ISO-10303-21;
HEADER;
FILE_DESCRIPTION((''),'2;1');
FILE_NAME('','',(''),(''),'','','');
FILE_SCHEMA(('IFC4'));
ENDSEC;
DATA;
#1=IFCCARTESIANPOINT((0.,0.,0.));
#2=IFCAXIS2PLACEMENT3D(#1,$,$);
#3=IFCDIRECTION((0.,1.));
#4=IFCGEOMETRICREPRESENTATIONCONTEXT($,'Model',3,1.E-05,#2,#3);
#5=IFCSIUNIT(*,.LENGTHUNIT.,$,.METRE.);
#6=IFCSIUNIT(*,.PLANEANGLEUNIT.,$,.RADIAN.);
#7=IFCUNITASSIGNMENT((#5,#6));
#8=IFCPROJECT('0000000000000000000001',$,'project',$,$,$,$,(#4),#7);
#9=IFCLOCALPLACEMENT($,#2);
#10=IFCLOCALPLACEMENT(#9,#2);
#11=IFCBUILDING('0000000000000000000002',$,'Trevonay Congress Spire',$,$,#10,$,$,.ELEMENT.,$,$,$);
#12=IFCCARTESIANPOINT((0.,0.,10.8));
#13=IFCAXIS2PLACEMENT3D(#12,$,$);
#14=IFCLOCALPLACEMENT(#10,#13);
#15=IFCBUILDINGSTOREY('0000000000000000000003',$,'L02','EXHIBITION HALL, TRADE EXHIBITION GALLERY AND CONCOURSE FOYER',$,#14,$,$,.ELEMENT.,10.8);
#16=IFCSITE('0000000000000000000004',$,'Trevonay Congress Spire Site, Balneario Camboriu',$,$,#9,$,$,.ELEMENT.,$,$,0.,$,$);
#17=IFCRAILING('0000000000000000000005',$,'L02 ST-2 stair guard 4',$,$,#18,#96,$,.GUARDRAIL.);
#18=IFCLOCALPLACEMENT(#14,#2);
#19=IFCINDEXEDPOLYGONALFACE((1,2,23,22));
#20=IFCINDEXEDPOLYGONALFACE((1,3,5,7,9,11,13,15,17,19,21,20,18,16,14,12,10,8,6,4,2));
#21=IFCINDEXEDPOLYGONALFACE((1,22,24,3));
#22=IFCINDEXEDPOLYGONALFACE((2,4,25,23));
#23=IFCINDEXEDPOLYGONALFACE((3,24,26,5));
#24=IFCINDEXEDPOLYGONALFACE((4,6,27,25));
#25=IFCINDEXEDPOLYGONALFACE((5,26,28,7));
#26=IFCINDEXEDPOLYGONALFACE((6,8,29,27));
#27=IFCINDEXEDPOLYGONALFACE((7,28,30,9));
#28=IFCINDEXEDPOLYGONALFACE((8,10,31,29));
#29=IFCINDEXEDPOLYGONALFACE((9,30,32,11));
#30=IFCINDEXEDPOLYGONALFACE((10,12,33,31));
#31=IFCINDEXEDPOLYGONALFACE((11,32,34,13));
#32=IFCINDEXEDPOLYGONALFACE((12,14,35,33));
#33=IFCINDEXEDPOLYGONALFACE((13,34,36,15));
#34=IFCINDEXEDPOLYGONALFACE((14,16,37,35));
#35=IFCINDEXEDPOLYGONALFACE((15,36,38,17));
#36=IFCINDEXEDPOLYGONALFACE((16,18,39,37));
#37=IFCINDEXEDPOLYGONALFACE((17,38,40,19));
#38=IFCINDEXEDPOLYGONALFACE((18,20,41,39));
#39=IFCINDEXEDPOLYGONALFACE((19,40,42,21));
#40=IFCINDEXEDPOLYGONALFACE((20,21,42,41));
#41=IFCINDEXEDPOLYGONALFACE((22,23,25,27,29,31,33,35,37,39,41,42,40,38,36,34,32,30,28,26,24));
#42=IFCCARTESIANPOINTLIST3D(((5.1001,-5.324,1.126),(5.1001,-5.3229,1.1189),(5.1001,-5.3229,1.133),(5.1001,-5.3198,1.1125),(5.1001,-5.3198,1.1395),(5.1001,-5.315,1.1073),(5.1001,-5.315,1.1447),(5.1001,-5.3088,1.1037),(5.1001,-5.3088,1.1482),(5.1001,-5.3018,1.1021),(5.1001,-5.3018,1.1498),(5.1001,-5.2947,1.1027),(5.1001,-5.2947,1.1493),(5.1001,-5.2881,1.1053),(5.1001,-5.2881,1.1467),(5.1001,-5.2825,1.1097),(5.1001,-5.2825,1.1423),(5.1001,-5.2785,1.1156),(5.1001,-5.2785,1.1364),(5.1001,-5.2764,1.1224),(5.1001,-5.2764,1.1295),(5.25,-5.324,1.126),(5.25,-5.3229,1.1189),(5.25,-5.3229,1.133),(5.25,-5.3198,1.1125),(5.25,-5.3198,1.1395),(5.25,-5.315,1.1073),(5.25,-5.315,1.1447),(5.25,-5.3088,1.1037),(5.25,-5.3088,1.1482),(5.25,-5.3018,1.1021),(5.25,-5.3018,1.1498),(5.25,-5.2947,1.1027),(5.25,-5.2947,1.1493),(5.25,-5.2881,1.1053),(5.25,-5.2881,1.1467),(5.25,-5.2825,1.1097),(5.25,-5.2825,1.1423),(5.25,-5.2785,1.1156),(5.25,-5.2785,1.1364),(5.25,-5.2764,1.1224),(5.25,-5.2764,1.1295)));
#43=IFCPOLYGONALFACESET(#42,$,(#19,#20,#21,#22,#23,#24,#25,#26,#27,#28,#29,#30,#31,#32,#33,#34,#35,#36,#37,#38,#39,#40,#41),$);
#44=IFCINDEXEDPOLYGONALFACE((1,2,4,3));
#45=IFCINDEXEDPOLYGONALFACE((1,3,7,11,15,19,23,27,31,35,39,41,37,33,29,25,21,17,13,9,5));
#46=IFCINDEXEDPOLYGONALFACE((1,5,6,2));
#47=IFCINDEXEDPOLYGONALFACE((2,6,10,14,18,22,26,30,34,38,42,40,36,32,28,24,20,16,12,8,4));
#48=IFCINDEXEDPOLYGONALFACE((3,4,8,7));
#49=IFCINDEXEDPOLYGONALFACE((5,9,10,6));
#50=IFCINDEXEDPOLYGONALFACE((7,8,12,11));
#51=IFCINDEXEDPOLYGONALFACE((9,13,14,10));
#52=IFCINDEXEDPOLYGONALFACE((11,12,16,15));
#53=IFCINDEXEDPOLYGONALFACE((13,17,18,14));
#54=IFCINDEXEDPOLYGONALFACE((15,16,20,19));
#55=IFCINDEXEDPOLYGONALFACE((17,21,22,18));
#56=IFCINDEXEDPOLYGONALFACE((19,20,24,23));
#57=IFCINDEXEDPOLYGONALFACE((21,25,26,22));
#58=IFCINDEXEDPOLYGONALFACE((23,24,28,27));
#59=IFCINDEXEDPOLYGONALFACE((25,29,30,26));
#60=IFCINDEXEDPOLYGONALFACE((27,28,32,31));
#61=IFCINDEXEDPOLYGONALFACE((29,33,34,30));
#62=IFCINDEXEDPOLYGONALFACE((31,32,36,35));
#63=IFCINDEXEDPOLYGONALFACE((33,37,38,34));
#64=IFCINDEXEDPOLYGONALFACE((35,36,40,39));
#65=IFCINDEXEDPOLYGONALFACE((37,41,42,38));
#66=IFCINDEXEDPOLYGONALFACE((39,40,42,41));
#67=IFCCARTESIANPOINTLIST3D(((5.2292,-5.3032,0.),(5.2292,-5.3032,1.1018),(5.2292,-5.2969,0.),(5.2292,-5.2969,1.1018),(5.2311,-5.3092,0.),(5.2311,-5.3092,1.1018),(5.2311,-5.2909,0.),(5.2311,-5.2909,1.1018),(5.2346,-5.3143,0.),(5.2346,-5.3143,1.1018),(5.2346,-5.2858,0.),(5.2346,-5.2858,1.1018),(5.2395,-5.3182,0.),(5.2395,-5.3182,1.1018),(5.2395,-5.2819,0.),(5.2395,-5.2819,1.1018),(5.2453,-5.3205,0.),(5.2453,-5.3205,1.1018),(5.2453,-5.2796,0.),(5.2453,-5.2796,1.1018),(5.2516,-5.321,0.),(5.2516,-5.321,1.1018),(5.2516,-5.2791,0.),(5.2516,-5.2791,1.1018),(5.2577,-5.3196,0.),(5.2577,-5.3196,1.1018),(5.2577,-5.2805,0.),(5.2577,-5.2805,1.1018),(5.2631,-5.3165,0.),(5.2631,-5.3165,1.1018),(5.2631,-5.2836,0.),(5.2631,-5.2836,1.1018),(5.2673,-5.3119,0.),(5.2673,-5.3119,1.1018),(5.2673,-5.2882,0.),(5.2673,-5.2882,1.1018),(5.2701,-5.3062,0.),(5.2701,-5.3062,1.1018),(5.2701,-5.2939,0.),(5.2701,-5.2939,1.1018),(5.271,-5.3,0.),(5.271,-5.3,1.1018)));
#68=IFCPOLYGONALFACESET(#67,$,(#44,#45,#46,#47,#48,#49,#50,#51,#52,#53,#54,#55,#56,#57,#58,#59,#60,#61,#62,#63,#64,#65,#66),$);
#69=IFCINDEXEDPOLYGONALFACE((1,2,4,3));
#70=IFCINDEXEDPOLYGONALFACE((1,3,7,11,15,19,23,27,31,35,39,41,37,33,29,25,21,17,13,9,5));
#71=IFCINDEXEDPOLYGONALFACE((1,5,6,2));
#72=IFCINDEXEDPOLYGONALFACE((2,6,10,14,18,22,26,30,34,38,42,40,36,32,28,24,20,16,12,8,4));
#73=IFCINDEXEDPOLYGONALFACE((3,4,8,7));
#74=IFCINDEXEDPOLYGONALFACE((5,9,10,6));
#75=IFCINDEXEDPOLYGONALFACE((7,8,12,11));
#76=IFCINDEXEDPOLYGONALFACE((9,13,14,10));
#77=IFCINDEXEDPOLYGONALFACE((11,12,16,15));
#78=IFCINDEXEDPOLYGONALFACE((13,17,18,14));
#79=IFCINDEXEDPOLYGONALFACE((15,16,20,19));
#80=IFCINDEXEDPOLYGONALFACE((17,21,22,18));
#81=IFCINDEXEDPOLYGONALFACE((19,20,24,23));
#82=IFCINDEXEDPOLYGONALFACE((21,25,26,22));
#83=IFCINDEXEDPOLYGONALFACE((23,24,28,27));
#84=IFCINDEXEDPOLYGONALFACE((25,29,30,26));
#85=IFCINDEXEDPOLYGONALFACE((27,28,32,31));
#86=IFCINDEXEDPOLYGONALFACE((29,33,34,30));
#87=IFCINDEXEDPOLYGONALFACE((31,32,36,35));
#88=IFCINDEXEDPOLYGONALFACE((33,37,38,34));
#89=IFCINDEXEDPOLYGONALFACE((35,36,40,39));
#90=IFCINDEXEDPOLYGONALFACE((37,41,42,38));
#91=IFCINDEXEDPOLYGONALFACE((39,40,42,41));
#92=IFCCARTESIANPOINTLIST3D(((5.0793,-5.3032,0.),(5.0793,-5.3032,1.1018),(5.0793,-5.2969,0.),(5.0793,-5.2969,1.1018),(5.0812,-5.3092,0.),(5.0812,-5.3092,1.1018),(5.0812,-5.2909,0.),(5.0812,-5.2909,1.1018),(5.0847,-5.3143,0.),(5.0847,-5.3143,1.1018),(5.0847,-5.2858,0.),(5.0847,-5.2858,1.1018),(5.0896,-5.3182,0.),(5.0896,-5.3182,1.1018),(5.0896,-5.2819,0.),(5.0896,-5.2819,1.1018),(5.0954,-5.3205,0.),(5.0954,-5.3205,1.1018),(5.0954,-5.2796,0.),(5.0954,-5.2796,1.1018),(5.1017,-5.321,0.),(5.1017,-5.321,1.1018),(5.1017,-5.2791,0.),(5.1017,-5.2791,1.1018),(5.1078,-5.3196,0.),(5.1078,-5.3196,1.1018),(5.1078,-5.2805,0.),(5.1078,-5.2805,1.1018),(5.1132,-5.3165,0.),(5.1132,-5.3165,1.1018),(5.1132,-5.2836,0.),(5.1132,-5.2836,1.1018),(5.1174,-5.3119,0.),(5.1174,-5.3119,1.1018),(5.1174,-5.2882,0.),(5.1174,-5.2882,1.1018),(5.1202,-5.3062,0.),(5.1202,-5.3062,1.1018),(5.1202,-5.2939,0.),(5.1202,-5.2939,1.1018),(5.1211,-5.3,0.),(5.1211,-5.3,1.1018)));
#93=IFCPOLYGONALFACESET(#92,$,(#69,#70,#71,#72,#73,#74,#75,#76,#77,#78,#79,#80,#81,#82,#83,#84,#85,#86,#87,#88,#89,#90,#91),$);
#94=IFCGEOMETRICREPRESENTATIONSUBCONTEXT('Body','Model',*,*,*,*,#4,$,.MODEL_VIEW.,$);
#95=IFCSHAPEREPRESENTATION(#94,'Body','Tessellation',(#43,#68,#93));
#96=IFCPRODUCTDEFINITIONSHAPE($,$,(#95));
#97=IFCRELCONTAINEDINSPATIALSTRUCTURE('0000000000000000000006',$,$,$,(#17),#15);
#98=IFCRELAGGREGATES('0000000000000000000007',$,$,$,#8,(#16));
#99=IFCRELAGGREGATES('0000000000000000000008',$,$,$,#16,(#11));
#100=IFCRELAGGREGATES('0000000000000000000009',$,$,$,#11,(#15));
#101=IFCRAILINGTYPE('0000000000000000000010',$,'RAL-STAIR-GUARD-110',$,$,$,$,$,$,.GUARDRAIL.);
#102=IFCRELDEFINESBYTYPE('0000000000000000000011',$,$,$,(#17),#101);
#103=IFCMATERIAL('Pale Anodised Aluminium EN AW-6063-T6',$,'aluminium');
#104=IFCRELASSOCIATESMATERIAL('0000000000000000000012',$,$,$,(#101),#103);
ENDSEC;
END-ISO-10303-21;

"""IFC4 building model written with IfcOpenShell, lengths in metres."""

from ifc_helpers import new_model, si_unit, direction, frame, origin, origin_2d, place, context, subcontext, project, spatial, circle, extrude, material, type_object, element, save


model = new_model("IFC4")

# Units and contexts
model_context = context("Model", 3, precision=1e-05, world=origin(), true_north=direction((0.0, 1.0)))
body_context = subcontext(model_context, "Body", "Model", "MODEL_VIEW")
ifc_project = project(units=[si_unit("LENGTHUNIT", "METRE"), si_unit("PLANEANGLEUNIT", "RADIAN")], contexts=[model_context])

# Site, building, storey
site_placement = place(None, origin())
site = spatial("IfcSite", under=ifc_project, at=site_placement, Name="Trevonay Congress Spire Site, Balneario Camboriu", CompositionType="ELEMENT", RefElevation=0.0)
building_placement = place(site_placement, origin())
building = spatial("IfcBuilding", under=site, at=building_placement, Name="Trevonay Congress Spire", CompositionType="ELEMENT")
storey_placement = place(building_placement, frame((0.0, 0.0, 10.8)))
storey = spatial("IfcBuildingStorey", under=building, at=storey_placement, Name="L02", Description="EXHIBITION HALL, TRADE EXHIBITION GALLERY AND CONCOURSE FOYER", CompositionType="ELEMENT", Elevation=10.8)

# Railing
ifc_material_1 = material(Name="Pale Anodised Aluminium EN AW-6063-T6", Category="aluminium")
railing_type_1 = type_object("IfcRailingType", Name="RAL-STAIR-GUARD-110", PredefinedType="GUARDRAIL", material=ifc_material_1)
railing_1_placement = place(storey_placement, frame((5.25, -5.3, 0.0)))
element("IfcRailing", 1, at=railing_1_placement, inside=storey, type_object=railing_type_1, Name="L02 ST-2 stair guard 4", PredefinedType="GUARDRAIL", context=body_context, shape_type="SweptSolid", body=[
    extrude(circle(Radius=0.0239, at=origin_2d()), frame((0.0, 0.0, 1.126), z_axis=(-1.0, 0.0, 0.0), x_axis=(0.0, -1.0, 0.0)), (0.0, 0.0, 1.0), 0.1499),
    extrude(circle(Radius=0.021, at=origin_2d()), origin(), (0.0, 0.0, 1.0), 1.1018),
    extrude(circle(Radius=0.021, at=origin_2d()), frame((-0.1499, 0.0, 0.0)), (0.0, 0.0, 1.0), 1.1018),
])

save(model, "model.ifc")
